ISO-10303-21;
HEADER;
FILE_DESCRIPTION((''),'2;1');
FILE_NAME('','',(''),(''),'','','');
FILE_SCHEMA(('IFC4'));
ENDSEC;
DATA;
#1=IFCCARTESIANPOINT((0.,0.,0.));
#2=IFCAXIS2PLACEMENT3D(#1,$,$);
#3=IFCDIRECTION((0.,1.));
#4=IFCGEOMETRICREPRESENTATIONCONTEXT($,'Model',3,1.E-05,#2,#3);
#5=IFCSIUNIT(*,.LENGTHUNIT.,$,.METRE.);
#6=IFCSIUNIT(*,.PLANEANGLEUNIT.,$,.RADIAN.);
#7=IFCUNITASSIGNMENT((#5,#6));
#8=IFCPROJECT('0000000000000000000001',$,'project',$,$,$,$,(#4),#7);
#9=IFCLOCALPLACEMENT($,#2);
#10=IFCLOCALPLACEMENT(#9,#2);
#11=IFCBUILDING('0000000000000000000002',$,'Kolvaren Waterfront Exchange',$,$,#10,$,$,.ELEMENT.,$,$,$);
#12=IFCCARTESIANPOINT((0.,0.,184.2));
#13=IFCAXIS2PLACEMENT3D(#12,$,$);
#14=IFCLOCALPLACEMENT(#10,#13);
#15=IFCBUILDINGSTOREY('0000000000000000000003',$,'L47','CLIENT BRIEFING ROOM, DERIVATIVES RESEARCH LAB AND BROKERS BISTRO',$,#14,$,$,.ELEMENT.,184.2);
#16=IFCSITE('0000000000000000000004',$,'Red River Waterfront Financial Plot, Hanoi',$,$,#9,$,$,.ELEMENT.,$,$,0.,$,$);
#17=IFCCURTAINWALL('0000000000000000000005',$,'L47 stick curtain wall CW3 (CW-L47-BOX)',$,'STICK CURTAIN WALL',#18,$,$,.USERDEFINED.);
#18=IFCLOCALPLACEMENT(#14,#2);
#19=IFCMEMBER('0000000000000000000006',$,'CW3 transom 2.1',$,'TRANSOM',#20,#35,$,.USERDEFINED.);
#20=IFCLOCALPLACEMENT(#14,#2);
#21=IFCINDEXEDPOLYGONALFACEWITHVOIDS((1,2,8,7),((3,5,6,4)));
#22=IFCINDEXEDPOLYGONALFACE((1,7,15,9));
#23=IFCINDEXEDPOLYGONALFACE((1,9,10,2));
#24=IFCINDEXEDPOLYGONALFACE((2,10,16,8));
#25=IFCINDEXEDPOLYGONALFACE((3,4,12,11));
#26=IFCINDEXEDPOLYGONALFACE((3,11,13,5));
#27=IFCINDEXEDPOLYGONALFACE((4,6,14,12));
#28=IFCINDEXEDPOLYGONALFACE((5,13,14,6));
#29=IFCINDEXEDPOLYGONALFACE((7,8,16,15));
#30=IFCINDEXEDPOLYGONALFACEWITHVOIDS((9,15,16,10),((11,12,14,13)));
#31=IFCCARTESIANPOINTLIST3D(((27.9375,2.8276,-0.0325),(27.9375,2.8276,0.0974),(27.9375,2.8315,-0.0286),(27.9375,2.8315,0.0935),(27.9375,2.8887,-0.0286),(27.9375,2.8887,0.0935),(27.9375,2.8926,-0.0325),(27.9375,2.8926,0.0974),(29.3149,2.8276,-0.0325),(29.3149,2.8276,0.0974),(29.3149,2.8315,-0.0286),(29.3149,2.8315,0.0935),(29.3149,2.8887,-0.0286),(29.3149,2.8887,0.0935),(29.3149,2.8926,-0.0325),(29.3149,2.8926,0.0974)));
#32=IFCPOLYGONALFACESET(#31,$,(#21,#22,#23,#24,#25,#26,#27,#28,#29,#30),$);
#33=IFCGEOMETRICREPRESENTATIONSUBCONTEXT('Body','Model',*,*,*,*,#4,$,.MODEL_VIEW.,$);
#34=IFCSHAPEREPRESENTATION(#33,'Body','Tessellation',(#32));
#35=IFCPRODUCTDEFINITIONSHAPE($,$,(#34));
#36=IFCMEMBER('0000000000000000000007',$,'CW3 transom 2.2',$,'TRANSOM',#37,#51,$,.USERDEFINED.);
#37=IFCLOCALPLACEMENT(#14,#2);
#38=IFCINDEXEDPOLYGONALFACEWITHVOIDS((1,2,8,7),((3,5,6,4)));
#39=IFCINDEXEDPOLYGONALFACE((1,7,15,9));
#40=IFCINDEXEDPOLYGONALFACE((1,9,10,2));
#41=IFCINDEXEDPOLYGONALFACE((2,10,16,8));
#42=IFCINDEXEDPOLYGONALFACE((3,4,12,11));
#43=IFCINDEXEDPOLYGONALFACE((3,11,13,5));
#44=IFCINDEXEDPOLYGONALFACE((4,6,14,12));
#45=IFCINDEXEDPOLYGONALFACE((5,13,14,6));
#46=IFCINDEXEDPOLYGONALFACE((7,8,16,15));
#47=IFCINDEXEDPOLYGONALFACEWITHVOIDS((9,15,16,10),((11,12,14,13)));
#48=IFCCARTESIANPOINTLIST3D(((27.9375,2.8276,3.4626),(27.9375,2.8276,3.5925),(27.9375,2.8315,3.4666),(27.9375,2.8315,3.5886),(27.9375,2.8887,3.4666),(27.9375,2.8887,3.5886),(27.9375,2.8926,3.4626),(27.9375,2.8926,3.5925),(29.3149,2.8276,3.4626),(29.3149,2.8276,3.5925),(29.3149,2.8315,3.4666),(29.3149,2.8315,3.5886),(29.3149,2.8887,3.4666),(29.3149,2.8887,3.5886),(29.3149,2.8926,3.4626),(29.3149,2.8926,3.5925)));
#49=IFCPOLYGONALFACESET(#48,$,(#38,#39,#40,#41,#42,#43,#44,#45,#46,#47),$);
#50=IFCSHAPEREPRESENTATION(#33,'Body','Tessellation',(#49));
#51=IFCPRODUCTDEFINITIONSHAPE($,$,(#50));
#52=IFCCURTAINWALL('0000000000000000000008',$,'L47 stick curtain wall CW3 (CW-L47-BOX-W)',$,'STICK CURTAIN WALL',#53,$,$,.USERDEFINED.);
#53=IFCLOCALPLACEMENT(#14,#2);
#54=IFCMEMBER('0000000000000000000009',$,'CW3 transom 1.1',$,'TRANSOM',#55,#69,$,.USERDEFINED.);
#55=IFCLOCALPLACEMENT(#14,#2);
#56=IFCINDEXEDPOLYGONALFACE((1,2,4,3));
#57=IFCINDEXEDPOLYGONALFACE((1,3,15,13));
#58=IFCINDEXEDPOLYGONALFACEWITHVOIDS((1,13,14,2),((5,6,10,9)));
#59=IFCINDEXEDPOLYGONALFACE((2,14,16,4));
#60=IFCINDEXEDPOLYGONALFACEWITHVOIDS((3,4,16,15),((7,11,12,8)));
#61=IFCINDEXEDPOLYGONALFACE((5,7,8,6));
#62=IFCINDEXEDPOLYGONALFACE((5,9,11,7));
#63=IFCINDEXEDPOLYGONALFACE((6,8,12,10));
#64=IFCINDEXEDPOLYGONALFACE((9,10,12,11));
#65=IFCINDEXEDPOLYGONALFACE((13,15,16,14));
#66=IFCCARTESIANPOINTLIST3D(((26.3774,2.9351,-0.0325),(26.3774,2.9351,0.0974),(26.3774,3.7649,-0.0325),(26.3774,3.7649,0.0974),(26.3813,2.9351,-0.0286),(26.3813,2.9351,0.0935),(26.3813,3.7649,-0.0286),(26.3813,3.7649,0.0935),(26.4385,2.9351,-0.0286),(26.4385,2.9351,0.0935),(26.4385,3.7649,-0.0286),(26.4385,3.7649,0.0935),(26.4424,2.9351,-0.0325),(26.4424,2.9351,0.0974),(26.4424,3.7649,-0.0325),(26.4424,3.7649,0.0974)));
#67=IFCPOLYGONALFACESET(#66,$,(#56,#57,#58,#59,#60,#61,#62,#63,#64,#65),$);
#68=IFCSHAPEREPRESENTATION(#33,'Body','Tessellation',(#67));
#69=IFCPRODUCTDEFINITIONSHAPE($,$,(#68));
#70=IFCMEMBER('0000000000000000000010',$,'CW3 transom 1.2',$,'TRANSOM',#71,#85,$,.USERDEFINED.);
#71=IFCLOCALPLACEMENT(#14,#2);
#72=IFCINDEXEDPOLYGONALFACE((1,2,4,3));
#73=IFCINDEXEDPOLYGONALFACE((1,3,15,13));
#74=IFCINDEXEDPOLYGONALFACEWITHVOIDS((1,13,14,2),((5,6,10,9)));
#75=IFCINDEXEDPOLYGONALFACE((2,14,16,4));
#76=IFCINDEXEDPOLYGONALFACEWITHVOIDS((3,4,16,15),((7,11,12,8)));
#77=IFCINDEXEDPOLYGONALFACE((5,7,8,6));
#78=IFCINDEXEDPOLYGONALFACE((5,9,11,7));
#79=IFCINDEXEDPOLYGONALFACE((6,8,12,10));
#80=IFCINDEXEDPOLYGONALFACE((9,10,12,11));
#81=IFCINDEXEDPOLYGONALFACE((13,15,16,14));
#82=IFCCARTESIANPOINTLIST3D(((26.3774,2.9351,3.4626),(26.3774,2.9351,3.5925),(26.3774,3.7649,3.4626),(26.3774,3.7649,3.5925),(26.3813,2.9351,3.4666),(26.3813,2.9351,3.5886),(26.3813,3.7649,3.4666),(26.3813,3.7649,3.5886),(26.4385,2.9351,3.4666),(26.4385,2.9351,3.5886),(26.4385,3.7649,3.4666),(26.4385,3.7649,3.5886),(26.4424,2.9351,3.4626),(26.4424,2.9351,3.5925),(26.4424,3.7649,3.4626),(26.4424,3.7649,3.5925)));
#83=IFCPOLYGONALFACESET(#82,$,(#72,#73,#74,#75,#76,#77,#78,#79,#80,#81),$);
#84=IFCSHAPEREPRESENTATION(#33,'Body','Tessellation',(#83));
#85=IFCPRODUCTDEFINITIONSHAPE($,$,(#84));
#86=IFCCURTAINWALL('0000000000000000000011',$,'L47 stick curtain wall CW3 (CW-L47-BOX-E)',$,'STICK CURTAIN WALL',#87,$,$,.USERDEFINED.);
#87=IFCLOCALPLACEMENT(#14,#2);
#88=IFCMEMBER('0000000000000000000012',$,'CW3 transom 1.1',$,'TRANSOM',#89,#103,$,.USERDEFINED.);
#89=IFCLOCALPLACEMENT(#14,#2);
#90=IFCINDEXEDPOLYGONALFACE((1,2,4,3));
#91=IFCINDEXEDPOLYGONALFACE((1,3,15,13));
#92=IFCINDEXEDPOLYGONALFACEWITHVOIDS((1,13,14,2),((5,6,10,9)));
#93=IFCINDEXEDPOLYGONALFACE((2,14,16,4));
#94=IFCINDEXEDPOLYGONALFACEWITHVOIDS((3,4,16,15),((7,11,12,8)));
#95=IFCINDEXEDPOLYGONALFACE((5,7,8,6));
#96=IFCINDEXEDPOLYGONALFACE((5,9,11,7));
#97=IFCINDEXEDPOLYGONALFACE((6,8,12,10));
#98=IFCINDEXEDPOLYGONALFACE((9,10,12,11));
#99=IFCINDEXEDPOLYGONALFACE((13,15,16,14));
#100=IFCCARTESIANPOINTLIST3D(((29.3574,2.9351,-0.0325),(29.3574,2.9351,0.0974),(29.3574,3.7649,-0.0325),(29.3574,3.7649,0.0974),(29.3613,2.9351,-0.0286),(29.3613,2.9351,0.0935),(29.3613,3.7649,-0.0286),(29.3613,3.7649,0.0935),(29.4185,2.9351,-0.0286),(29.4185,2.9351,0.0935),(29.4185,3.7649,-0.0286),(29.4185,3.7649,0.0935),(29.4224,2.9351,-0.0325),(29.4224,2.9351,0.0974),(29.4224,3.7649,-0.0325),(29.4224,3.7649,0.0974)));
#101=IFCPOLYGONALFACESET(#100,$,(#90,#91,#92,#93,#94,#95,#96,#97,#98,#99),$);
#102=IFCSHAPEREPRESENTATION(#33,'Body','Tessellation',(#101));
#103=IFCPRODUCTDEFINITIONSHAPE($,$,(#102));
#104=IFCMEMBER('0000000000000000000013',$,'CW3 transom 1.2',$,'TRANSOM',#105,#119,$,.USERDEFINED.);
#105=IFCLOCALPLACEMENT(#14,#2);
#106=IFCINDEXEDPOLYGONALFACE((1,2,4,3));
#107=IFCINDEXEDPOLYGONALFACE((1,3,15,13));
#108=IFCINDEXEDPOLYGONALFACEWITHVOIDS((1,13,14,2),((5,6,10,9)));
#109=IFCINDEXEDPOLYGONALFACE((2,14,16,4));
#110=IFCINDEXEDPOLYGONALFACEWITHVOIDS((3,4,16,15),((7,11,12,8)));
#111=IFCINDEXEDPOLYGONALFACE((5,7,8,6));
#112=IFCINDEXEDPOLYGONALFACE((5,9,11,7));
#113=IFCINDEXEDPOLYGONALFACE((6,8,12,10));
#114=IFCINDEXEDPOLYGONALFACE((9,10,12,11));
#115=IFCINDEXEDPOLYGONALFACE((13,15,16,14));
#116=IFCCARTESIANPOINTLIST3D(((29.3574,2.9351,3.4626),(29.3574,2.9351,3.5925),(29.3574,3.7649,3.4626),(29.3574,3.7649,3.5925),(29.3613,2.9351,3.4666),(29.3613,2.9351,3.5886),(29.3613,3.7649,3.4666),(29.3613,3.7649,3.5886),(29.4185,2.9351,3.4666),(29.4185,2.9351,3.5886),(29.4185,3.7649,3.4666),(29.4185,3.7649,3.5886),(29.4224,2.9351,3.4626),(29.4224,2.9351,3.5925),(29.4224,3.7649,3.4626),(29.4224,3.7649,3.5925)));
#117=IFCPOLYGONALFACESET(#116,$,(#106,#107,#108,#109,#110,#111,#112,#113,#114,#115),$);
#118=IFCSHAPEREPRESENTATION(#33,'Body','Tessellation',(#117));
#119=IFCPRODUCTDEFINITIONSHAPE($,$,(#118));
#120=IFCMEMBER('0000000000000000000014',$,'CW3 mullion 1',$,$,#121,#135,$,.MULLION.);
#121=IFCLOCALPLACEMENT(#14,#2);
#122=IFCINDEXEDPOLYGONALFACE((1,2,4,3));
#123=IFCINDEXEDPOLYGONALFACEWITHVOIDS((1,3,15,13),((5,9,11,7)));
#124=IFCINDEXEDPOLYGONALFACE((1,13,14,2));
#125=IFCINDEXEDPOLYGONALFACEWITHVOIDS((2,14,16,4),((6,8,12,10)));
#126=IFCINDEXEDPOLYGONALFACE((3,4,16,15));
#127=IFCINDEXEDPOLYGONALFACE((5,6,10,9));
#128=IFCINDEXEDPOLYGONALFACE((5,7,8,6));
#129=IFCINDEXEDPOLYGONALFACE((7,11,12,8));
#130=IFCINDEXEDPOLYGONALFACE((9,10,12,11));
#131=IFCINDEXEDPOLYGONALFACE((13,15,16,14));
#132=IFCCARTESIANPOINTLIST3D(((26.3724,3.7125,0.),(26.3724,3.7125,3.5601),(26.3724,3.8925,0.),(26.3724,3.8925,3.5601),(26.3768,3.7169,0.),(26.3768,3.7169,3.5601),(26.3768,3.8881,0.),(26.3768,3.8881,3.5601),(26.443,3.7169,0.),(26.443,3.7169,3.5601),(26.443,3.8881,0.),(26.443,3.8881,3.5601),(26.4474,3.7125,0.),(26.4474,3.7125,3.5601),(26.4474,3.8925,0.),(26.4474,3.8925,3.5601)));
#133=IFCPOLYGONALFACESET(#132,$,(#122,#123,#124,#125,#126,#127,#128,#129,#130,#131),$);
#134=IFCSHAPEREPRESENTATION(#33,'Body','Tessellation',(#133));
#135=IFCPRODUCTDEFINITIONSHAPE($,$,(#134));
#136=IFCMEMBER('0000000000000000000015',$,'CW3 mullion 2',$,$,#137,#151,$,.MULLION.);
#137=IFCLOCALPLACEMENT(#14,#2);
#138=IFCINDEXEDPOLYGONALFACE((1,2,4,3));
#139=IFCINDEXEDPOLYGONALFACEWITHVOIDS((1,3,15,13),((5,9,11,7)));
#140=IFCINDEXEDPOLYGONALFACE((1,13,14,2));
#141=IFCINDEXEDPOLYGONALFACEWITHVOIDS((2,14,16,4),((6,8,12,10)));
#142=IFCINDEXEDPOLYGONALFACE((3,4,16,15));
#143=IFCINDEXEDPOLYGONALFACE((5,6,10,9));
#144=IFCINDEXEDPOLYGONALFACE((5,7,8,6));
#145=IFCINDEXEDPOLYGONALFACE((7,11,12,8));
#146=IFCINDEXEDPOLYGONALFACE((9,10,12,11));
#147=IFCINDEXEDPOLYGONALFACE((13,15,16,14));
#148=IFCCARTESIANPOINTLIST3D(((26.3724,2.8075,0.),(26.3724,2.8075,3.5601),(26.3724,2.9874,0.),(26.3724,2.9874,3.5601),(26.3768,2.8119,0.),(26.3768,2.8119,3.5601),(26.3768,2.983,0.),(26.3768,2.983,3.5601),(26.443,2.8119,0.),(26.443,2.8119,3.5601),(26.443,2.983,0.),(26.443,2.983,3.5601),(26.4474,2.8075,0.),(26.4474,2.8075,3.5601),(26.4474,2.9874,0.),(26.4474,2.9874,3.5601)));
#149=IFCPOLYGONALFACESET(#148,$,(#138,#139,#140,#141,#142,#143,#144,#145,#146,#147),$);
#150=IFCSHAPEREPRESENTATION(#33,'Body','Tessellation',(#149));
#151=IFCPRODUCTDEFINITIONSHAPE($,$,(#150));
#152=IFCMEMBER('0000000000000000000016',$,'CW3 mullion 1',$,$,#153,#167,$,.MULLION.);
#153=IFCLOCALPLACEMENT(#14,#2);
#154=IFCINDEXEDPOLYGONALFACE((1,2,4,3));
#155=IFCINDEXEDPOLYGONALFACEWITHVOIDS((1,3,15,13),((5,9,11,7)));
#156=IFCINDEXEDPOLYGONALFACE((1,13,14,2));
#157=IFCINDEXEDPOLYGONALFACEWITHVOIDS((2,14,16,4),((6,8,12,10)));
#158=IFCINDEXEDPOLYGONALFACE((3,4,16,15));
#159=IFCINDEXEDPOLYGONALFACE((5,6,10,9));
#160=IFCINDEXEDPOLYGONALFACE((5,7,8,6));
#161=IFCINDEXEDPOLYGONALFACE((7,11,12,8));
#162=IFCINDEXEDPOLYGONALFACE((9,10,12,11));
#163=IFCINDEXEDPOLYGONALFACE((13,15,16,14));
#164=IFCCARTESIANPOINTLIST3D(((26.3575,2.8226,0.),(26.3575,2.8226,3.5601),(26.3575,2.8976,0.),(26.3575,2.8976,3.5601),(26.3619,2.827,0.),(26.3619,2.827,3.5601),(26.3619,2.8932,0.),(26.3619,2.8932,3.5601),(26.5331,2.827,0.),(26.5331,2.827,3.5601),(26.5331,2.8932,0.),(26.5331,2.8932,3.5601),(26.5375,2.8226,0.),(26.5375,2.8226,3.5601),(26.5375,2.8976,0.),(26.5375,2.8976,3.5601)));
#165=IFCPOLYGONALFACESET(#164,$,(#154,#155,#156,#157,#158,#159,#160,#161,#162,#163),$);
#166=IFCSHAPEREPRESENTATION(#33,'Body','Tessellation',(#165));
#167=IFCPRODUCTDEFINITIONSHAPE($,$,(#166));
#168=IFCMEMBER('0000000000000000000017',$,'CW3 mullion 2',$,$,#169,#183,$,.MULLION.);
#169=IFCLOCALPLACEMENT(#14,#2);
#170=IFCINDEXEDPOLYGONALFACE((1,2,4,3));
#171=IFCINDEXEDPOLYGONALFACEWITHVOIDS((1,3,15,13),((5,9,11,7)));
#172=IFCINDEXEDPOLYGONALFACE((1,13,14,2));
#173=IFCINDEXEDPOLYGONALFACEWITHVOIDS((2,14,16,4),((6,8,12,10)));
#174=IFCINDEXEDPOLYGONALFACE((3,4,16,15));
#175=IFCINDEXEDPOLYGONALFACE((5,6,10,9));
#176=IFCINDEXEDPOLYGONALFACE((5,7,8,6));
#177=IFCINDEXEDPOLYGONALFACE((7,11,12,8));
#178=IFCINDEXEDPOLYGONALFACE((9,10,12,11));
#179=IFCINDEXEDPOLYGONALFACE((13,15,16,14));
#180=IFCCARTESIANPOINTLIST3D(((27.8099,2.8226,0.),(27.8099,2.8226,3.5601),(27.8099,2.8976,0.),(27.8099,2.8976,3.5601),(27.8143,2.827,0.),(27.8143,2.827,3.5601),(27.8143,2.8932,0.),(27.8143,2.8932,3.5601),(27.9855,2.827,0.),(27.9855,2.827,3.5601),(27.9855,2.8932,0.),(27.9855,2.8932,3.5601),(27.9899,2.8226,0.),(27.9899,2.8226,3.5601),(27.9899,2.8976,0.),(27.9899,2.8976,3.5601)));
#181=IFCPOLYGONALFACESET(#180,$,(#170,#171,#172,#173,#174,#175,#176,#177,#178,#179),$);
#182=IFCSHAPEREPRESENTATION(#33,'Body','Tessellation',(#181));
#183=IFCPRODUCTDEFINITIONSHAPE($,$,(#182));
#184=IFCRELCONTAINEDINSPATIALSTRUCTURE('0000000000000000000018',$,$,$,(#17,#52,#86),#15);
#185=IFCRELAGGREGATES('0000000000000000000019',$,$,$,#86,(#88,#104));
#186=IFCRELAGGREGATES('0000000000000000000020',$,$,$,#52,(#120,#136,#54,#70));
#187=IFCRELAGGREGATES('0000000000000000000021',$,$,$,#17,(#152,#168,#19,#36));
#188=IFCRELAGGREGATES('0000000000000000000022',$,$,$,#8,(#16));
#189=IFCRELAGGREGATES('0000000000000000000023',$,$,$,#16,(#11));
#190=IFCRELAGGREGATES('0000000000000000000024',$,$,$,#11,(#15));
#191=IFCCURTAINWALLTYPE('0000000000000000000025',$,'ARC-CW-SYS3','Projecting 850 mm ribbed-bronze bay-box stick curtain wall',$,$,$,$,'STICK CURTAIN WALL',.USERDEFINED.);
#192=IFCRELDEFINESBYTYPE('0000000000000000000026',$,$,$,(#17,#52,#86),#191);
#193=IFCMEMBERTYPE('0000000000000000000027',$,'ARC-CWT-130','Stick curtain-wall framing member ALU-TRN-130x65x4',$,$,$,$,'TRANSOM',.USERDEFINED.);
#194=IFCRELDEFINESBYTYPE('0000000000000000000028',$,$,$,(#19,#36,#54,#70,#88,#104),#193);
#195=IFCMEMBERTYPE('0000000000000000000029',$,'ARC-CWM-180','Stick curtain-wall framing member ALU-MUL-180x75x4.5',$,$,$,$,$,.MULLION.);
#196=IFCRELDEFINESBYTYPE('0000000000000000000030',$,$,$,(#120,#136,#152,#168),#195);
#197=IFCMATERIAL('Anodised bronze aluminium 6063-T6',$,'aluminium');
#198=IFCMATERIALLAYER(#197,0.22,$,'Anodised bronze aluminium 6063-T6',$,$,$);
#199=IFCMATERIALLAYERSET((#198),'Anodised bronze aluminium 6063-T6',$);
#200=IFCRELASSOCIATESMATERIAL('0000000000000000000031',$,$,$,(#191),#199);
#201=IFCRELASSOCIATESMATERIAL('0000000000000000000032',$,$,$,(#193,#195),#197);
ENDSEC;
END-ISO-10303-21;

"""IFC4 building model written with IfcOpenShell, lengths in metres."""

from ifc_helpers import new_model, si_unit, direction, frame, origin, origin_with_axes, origin_2d, place, context, subcontext, project, spatial, hollow_rectangle, extrude, source, transform, mapped, material, layer, layer_set, material_profile, profile_set, type_object, element, aggregate, save


model = new_model("IFC4")

# Units and contexts
model_context = context("Model", 3, precision=1e-05, world=origin(), true_north=direction((0.0, 1.0)))
body_context = subcontext(model_context, "Body", "Model", "MODEL_VIEW")
ifc_project = project(units=[si_unit("LENGTHUNIT", "METRE"), si_unit("PLANEANGLEUNIT", "RADIAN")], contexts=[model_context])

# Site, building, storey
site_placement = place(None, origin())
site = spatial("IfcSite", under=ifc_project, at=site_placement, Name="Red River Waterfront Financial Plot, Hanoi", CompositionType="ELEMENT", RefElevation=0.0)
building_placement = place(site_placement, origin())
building = spatial("IfcBuilding", under=site, at=building_placement, Name="Kolvaren Waterfront Exchange", CompositionType="ELEMENT")
storey_placement = place(building_placement, frame((0.0, 0.0, 184.2)))
storey = spatial("IfcBuildingStorey", under=building, at=storey_placement, Name="L47", Description="CLIENT BRIEFING ROOM, DERIVATIVES RESEARCH LAB AND BROKERS BISTRO", CompositionType="ELEMENT", Elevation=184.2)

# Curtain walls, members
ifc_material_1 = material(Name="Anodised bronze aluminium 6063-T6", Category="aluminium")
ifc_layer_1 = layer(ifc_material_1, 0.22, Name="Anodised bronze aluminium 6063-T6")
ifc_layer_set_1 = layer_set([ifc_layer_1], Name="Anodised bronze aluminium 6063-T6")
curtain_wall_type_1 = type_object("IfcCurtainWallType", Name="ARC-CW-SYS3", Description="Projecting 850 mm ribbed-bronze bay-box stick curtain wall", ElementType="STICK CURTAIN WALL", PredefinedType="USERDEFINED", material=ifc_layer_set_1)
curtain_wall_1_placement = place(storey_placement, origin())
curtain_wall_1 = element("IfcCurtainWall", 1, at=curtain_wall_1_placement, inside=storey, type_object=curtain_wall_type_1, Name="L47 stick curtain wall CW3 (CW-L47-BOX)", ObjectType="STICK CURTAIN WALL", PredefinedType="USERDEFINED")
ifc_material_profile_1 = material_profile(ifc_material_1, hollow_rectangle(XDim=0.0649, YDim=0.1299, WallThickness=0.0039, at=origin_2d()), Name="ALU-TRN-130x65x4")
ifc_profile_set_1 = profile_set([ifc_material_profile_1], Name="Anodised bronze aluminium 6063-T6")
member_type_1 = type_object("IfcMemberType", Name="ARC-CWT-130", Description="Stick curtain-wall framing member ALU-TRN-130x65x4", ElementType="TRANSOM", PredefinedType="USERDEFINED", material=ifc_profile_set_1)
shared_shape_1 = source(origin_with_axes(), body_context, "Body", "SweptSolid", [
    extrude(hollow_rectangle(XDim=0.0649, YDim=0.1299, WallThickness=0.0039, at=origin_2d()), origin(), (0.0, 0.0, 1.0), 1.3774),
])
member_1_placement = place(storey_placement, frame((27.9375, 2.8601, 0.0325), z_axis=(1.0, 0.0, 0.0), x_axis=(0.0, 1.0, 0.0)))
member_1 = element("IfcMember", 2, at=member_1_placement, type_object=member_type_1, Name="CW3 transom 2.1", ObjectType="TRANSOM", PredefinedType="USERDEFINED", context=body_context, shape_type="MappedRepresentation", body=[
    mapped(shared_shape_1, transform((0.0, 0.0, 0.0), x_axis=(1.0, 0.0, 0.0), y_axis=(0.0, 1.0, 0.0), z_axis=(0.0, 0.0, 1.0), scale=1.0)),
])
member_2_placement = place(storey_placement, frame((27.9375, 2.8601, 3.5276), z_axis=(1.0, 0.0, 0.0), x_axis=(0.0, 1.0, 0.0)))
member_2 = element("IfcMember", 3, at=member_2_placement, type_object=member_type_1, Name="CW3 transom 2.2", ObjectType="TRANSOM", PredefinedType="USERDEFINED", context=body_context, shape_type="MappedRepresentation", body=[
    mapped(shared_shape_1, transform((0.0, 0.0, 0.0), x_axis=(1.0, 0.0, 0.0), y_axis=(0.0, 1.0, 0.0), z_axis=(0.0, 0.0, 1.0), scale=1.0)),
])
curtain_wall_2_placement = place(storey_placement, origin())
curtain_wall_2 = element("IfcCurtainWall", 4, at=curtain_wall_2_placement, inside=storey, type_object=curtain_wall_type_1, Name="L47 stick curtain wall CW3 (CW-L47-BOX-W)", ObjectType="STICK CURTAIN WALL", PredefinedType="USERDEFINED")
shared_shape_2 = source(origin_with_axes(), body_context, "Body", "SweptSolid", [
    extrude(hollow_rectangle(XDim=0.0649, YDim=0.1299, WallThickness=0.0039, at=origin_2d()), origin(), (0.0, 0.0, 1.0), 0.8298),
])
member_3_placement = place(storey_placement, frame((26.4099, 3.7649, 0.0325), z_axis=(0.0, -1.0, 0.0), x_axis=(1.0, 0.0, 0.0)))
member_3 = element("IfcMember", 5, at=member_3_placement, type_object=member_type_1, Name="CW3 transom 1.1", ObjectType="TRANSOM", PredefinedType="USERDEFINED", context=body_context, shape_type="MappedRepresentation", body=[
    mapped(shared_shape_2, transform((0.0, 0.0, 0.0), x_axis=(1.0, 0.0, 0.0), y_axis=(0.0, 1.0, 0.0), z_axis=(0.0, 0.0, 1.0), scale=1.0)),
])
member_4_placement = place(storey_placement, frame((26.4099, 3.7649, 3.5276), z_axis=(0.0, -1.0, 0.0), x_axis=(1.0, 0.0, 0.0)))
member_4 = element("IfcMember", 6, at=member_4_placement, type_object=member_type_1, Name="CW3 transom 1.2", ObjectType="TRANSOM", PredefinedType="USERDEFINED", context=body_context, shape_type="MappedRepresentation", body=[
    mapped(shared_shape_2, transform((0.0, 0.0, 0.0), x_axis=(1.0, 0.0, 0.0), y_axis=(0.0, 1.0, 0.0), z_axis=(0.0, 0.0, 1.0), scale=1.0)),
])
curtain_wall_3_placement = place(storey_placement, origin())
curtain_wall_3 = element("IfcCurtainWall", 7, at=curtain_wall_3_placement, inside=storey, type_object=curtain_wall_type_1, Name="L47 stick curtain wall CW3 (CW-L47-BOX-E)", ObjectType="STICK CURTAIN WALL", PredefinedType="USERDEFINED")
member_5_placement = place(storey_placement, frame((29.3899, 2.9351, 0.0325), z_axis=(0.0, 1.0, 0.0), x_axis=(-1.0, 0.0, 0.0)))
member_5 = element("IfcMember", 8, at=member_5_placement, type_object=member_type_1, Name="CW3 transom 1.1", ObjectType="TRANSOM", PredefinedType="USERDEFINED", context=body_context, shape_type="MappedRepresentation", body=[
    mapped(shared_shape_2, transform((0.0, 0.0, 0.0), x_axis=(1.0, 0.0, 0.0), y_axis=(0.0, 1.0, 0.0), z_axis=(0.0, 0.0, 1.0), scale=1.0)),
])
member_6_placement = place(storey_placement, frame((29.3899, 2.9351, 3.5276), z_axis=(0.0, 1.0, 0.0), x_axis=(-1.0, 0.0, 0.0)))
member_6 = element("IfcMember", 9, at=member_6_placement, type_object=member_type_1, Name="CW3 transom 1.2", ObjectType="TRANSOM", PredefinedType="USERDEFINED", context=body_context, shape_type="MappedRepresentation", body=[
    mapped(shared_shape_2, transform((0.0, 0.0, 0.0), x_axis=(1.0, 0.0, 0.0), y_axis=(0.0, 1.0, 0.0), z_axis=(0.0, 0.0, 1.0), scale=1.0)),
])

# Members
ifc_material_profile_2 = material_profile(ifc_material_1, hollow_rectangle(XDim=0.075, YDim=0.1799, WallThickness=0.0044, at=origin_2d()), Name="ALU-MUL-180x75x4.5")
ifc_profile_set_2 = profile_set([ifc_material_profile_2], Name="Anodised bronze aluminium 6063-T6")
member_type_2 = type_object("IfcMemberType", Name="ARC-CWM-180", Description="Stick curtain-wall framing member ALU-MUL-180x75x4.5", PredefinedType="MULLION", material=ifc_profile_set_2)
shared_shape_3 = source(origin_with_axes(), body_context, "Body", "SweptSolid", [
    extrude(hollow_rectangle(XDim=0.075, YDim=0.1799, WallThickness=0.0044, at=origin_2d()), origin(), (0.0, 0.0, 1.0), 3.5601),
])
member_7_placement = place(storey_placement, frame((26.4099, 3.8025, 0.0), z_axis=(0.0, 0.0, 1.0), x_axis=(1.0, 0.0, 0.0)))
member_7 = element("IfcMember", 10, at=member_7_placement, type_object=member_type_2, Name="CW3 mullion 1", PredefinedType="MULLION", context=body_context, shape_type="MappedRepresentation", body=[
    mapped(shared_shape_3, transform((0.0, 0.0, 0.0), x_axis=(1.0, 0.0, 0.0), y_axis=(0.0, 1.0, 0.0), z_axis=(0.0, 0.0, 1.0), scale=1.0)),
])
member_8_placement = place(storey_placement, frame((26.4099, 2.8975, 0.0), z_axis=(0.0, 0.0, 1.0), x_axis=(1.0, 0.0, 0.0)))
member_8 = element("IfcMember", 11, at=member_8_placement, type_object=member_type_2, Name="CW3 mullion 2", PredefinedType="MULLION", context=body_context, shape_type="MappedRepresentation", body=[
    mapped(shared_shape_3, transform((0.0, 0.0, 0.0), x_axis=(1.0, 0.0, 0.0), y_axis=(0.0, 1.0, 0.0), z_axis=(0.0, 0.0, 1.0), scale=1.0)),
])
member_9_placement = place(storey_placement, frame((26.4475, 2.8601, 0.0), z_axis=(0.0, 0.0, 1.0), x_axis=(0.0, 1.0, 0.0)))
member_9 = element("IfcMember", 12, at=member_9_placement, type_object=member_type_2, Name="CW3 mullion 1", PredefinedType="MULLION", context=body_context, shape_type="MappedRepresentation", body=[
    mapped(shared_shape_3, transform((0.0, 0.0, 0.0), x_axis=(1.0, 0.0, 0.0), y_axis=(0.0, 1.0, 0.0), z_axis=(0.0, 0.0, 1.0), scale=1.0)),
])
member_10_placement = place(storey_placement, frame((27.8999, 2.8601, 0.0), z_axis=(0.0, 0.0, 1.0), x_axis=(0.0, 1.0, 0.0)))
member_10 = element("IfcMember", 13, at=member_10_placement, type_object=member_type_2, Name="CW3 mullion 2", PredefinedType="MULLION", context=body_context, shape_type="MappedRepresentation", body=[
    mapped(shared_shape_3, transform((0.0, 0.0, 0.0), x_axis=(1.0, 0.0, 0.0), y_axis=(0.0, 1.0, 0.0), z_axis=(0.0, 0.0, 1.0), scale=1.0)),
])
aggregate(curtain_wall_3, [member_5, member_6])

aggregate(curtain_wall_2, [member_7, member_8, member_3, member_4])
aggregate(curtain_wall_1, [member_9, member_10, member_1, member_2])

save(model, "model.ifc")
